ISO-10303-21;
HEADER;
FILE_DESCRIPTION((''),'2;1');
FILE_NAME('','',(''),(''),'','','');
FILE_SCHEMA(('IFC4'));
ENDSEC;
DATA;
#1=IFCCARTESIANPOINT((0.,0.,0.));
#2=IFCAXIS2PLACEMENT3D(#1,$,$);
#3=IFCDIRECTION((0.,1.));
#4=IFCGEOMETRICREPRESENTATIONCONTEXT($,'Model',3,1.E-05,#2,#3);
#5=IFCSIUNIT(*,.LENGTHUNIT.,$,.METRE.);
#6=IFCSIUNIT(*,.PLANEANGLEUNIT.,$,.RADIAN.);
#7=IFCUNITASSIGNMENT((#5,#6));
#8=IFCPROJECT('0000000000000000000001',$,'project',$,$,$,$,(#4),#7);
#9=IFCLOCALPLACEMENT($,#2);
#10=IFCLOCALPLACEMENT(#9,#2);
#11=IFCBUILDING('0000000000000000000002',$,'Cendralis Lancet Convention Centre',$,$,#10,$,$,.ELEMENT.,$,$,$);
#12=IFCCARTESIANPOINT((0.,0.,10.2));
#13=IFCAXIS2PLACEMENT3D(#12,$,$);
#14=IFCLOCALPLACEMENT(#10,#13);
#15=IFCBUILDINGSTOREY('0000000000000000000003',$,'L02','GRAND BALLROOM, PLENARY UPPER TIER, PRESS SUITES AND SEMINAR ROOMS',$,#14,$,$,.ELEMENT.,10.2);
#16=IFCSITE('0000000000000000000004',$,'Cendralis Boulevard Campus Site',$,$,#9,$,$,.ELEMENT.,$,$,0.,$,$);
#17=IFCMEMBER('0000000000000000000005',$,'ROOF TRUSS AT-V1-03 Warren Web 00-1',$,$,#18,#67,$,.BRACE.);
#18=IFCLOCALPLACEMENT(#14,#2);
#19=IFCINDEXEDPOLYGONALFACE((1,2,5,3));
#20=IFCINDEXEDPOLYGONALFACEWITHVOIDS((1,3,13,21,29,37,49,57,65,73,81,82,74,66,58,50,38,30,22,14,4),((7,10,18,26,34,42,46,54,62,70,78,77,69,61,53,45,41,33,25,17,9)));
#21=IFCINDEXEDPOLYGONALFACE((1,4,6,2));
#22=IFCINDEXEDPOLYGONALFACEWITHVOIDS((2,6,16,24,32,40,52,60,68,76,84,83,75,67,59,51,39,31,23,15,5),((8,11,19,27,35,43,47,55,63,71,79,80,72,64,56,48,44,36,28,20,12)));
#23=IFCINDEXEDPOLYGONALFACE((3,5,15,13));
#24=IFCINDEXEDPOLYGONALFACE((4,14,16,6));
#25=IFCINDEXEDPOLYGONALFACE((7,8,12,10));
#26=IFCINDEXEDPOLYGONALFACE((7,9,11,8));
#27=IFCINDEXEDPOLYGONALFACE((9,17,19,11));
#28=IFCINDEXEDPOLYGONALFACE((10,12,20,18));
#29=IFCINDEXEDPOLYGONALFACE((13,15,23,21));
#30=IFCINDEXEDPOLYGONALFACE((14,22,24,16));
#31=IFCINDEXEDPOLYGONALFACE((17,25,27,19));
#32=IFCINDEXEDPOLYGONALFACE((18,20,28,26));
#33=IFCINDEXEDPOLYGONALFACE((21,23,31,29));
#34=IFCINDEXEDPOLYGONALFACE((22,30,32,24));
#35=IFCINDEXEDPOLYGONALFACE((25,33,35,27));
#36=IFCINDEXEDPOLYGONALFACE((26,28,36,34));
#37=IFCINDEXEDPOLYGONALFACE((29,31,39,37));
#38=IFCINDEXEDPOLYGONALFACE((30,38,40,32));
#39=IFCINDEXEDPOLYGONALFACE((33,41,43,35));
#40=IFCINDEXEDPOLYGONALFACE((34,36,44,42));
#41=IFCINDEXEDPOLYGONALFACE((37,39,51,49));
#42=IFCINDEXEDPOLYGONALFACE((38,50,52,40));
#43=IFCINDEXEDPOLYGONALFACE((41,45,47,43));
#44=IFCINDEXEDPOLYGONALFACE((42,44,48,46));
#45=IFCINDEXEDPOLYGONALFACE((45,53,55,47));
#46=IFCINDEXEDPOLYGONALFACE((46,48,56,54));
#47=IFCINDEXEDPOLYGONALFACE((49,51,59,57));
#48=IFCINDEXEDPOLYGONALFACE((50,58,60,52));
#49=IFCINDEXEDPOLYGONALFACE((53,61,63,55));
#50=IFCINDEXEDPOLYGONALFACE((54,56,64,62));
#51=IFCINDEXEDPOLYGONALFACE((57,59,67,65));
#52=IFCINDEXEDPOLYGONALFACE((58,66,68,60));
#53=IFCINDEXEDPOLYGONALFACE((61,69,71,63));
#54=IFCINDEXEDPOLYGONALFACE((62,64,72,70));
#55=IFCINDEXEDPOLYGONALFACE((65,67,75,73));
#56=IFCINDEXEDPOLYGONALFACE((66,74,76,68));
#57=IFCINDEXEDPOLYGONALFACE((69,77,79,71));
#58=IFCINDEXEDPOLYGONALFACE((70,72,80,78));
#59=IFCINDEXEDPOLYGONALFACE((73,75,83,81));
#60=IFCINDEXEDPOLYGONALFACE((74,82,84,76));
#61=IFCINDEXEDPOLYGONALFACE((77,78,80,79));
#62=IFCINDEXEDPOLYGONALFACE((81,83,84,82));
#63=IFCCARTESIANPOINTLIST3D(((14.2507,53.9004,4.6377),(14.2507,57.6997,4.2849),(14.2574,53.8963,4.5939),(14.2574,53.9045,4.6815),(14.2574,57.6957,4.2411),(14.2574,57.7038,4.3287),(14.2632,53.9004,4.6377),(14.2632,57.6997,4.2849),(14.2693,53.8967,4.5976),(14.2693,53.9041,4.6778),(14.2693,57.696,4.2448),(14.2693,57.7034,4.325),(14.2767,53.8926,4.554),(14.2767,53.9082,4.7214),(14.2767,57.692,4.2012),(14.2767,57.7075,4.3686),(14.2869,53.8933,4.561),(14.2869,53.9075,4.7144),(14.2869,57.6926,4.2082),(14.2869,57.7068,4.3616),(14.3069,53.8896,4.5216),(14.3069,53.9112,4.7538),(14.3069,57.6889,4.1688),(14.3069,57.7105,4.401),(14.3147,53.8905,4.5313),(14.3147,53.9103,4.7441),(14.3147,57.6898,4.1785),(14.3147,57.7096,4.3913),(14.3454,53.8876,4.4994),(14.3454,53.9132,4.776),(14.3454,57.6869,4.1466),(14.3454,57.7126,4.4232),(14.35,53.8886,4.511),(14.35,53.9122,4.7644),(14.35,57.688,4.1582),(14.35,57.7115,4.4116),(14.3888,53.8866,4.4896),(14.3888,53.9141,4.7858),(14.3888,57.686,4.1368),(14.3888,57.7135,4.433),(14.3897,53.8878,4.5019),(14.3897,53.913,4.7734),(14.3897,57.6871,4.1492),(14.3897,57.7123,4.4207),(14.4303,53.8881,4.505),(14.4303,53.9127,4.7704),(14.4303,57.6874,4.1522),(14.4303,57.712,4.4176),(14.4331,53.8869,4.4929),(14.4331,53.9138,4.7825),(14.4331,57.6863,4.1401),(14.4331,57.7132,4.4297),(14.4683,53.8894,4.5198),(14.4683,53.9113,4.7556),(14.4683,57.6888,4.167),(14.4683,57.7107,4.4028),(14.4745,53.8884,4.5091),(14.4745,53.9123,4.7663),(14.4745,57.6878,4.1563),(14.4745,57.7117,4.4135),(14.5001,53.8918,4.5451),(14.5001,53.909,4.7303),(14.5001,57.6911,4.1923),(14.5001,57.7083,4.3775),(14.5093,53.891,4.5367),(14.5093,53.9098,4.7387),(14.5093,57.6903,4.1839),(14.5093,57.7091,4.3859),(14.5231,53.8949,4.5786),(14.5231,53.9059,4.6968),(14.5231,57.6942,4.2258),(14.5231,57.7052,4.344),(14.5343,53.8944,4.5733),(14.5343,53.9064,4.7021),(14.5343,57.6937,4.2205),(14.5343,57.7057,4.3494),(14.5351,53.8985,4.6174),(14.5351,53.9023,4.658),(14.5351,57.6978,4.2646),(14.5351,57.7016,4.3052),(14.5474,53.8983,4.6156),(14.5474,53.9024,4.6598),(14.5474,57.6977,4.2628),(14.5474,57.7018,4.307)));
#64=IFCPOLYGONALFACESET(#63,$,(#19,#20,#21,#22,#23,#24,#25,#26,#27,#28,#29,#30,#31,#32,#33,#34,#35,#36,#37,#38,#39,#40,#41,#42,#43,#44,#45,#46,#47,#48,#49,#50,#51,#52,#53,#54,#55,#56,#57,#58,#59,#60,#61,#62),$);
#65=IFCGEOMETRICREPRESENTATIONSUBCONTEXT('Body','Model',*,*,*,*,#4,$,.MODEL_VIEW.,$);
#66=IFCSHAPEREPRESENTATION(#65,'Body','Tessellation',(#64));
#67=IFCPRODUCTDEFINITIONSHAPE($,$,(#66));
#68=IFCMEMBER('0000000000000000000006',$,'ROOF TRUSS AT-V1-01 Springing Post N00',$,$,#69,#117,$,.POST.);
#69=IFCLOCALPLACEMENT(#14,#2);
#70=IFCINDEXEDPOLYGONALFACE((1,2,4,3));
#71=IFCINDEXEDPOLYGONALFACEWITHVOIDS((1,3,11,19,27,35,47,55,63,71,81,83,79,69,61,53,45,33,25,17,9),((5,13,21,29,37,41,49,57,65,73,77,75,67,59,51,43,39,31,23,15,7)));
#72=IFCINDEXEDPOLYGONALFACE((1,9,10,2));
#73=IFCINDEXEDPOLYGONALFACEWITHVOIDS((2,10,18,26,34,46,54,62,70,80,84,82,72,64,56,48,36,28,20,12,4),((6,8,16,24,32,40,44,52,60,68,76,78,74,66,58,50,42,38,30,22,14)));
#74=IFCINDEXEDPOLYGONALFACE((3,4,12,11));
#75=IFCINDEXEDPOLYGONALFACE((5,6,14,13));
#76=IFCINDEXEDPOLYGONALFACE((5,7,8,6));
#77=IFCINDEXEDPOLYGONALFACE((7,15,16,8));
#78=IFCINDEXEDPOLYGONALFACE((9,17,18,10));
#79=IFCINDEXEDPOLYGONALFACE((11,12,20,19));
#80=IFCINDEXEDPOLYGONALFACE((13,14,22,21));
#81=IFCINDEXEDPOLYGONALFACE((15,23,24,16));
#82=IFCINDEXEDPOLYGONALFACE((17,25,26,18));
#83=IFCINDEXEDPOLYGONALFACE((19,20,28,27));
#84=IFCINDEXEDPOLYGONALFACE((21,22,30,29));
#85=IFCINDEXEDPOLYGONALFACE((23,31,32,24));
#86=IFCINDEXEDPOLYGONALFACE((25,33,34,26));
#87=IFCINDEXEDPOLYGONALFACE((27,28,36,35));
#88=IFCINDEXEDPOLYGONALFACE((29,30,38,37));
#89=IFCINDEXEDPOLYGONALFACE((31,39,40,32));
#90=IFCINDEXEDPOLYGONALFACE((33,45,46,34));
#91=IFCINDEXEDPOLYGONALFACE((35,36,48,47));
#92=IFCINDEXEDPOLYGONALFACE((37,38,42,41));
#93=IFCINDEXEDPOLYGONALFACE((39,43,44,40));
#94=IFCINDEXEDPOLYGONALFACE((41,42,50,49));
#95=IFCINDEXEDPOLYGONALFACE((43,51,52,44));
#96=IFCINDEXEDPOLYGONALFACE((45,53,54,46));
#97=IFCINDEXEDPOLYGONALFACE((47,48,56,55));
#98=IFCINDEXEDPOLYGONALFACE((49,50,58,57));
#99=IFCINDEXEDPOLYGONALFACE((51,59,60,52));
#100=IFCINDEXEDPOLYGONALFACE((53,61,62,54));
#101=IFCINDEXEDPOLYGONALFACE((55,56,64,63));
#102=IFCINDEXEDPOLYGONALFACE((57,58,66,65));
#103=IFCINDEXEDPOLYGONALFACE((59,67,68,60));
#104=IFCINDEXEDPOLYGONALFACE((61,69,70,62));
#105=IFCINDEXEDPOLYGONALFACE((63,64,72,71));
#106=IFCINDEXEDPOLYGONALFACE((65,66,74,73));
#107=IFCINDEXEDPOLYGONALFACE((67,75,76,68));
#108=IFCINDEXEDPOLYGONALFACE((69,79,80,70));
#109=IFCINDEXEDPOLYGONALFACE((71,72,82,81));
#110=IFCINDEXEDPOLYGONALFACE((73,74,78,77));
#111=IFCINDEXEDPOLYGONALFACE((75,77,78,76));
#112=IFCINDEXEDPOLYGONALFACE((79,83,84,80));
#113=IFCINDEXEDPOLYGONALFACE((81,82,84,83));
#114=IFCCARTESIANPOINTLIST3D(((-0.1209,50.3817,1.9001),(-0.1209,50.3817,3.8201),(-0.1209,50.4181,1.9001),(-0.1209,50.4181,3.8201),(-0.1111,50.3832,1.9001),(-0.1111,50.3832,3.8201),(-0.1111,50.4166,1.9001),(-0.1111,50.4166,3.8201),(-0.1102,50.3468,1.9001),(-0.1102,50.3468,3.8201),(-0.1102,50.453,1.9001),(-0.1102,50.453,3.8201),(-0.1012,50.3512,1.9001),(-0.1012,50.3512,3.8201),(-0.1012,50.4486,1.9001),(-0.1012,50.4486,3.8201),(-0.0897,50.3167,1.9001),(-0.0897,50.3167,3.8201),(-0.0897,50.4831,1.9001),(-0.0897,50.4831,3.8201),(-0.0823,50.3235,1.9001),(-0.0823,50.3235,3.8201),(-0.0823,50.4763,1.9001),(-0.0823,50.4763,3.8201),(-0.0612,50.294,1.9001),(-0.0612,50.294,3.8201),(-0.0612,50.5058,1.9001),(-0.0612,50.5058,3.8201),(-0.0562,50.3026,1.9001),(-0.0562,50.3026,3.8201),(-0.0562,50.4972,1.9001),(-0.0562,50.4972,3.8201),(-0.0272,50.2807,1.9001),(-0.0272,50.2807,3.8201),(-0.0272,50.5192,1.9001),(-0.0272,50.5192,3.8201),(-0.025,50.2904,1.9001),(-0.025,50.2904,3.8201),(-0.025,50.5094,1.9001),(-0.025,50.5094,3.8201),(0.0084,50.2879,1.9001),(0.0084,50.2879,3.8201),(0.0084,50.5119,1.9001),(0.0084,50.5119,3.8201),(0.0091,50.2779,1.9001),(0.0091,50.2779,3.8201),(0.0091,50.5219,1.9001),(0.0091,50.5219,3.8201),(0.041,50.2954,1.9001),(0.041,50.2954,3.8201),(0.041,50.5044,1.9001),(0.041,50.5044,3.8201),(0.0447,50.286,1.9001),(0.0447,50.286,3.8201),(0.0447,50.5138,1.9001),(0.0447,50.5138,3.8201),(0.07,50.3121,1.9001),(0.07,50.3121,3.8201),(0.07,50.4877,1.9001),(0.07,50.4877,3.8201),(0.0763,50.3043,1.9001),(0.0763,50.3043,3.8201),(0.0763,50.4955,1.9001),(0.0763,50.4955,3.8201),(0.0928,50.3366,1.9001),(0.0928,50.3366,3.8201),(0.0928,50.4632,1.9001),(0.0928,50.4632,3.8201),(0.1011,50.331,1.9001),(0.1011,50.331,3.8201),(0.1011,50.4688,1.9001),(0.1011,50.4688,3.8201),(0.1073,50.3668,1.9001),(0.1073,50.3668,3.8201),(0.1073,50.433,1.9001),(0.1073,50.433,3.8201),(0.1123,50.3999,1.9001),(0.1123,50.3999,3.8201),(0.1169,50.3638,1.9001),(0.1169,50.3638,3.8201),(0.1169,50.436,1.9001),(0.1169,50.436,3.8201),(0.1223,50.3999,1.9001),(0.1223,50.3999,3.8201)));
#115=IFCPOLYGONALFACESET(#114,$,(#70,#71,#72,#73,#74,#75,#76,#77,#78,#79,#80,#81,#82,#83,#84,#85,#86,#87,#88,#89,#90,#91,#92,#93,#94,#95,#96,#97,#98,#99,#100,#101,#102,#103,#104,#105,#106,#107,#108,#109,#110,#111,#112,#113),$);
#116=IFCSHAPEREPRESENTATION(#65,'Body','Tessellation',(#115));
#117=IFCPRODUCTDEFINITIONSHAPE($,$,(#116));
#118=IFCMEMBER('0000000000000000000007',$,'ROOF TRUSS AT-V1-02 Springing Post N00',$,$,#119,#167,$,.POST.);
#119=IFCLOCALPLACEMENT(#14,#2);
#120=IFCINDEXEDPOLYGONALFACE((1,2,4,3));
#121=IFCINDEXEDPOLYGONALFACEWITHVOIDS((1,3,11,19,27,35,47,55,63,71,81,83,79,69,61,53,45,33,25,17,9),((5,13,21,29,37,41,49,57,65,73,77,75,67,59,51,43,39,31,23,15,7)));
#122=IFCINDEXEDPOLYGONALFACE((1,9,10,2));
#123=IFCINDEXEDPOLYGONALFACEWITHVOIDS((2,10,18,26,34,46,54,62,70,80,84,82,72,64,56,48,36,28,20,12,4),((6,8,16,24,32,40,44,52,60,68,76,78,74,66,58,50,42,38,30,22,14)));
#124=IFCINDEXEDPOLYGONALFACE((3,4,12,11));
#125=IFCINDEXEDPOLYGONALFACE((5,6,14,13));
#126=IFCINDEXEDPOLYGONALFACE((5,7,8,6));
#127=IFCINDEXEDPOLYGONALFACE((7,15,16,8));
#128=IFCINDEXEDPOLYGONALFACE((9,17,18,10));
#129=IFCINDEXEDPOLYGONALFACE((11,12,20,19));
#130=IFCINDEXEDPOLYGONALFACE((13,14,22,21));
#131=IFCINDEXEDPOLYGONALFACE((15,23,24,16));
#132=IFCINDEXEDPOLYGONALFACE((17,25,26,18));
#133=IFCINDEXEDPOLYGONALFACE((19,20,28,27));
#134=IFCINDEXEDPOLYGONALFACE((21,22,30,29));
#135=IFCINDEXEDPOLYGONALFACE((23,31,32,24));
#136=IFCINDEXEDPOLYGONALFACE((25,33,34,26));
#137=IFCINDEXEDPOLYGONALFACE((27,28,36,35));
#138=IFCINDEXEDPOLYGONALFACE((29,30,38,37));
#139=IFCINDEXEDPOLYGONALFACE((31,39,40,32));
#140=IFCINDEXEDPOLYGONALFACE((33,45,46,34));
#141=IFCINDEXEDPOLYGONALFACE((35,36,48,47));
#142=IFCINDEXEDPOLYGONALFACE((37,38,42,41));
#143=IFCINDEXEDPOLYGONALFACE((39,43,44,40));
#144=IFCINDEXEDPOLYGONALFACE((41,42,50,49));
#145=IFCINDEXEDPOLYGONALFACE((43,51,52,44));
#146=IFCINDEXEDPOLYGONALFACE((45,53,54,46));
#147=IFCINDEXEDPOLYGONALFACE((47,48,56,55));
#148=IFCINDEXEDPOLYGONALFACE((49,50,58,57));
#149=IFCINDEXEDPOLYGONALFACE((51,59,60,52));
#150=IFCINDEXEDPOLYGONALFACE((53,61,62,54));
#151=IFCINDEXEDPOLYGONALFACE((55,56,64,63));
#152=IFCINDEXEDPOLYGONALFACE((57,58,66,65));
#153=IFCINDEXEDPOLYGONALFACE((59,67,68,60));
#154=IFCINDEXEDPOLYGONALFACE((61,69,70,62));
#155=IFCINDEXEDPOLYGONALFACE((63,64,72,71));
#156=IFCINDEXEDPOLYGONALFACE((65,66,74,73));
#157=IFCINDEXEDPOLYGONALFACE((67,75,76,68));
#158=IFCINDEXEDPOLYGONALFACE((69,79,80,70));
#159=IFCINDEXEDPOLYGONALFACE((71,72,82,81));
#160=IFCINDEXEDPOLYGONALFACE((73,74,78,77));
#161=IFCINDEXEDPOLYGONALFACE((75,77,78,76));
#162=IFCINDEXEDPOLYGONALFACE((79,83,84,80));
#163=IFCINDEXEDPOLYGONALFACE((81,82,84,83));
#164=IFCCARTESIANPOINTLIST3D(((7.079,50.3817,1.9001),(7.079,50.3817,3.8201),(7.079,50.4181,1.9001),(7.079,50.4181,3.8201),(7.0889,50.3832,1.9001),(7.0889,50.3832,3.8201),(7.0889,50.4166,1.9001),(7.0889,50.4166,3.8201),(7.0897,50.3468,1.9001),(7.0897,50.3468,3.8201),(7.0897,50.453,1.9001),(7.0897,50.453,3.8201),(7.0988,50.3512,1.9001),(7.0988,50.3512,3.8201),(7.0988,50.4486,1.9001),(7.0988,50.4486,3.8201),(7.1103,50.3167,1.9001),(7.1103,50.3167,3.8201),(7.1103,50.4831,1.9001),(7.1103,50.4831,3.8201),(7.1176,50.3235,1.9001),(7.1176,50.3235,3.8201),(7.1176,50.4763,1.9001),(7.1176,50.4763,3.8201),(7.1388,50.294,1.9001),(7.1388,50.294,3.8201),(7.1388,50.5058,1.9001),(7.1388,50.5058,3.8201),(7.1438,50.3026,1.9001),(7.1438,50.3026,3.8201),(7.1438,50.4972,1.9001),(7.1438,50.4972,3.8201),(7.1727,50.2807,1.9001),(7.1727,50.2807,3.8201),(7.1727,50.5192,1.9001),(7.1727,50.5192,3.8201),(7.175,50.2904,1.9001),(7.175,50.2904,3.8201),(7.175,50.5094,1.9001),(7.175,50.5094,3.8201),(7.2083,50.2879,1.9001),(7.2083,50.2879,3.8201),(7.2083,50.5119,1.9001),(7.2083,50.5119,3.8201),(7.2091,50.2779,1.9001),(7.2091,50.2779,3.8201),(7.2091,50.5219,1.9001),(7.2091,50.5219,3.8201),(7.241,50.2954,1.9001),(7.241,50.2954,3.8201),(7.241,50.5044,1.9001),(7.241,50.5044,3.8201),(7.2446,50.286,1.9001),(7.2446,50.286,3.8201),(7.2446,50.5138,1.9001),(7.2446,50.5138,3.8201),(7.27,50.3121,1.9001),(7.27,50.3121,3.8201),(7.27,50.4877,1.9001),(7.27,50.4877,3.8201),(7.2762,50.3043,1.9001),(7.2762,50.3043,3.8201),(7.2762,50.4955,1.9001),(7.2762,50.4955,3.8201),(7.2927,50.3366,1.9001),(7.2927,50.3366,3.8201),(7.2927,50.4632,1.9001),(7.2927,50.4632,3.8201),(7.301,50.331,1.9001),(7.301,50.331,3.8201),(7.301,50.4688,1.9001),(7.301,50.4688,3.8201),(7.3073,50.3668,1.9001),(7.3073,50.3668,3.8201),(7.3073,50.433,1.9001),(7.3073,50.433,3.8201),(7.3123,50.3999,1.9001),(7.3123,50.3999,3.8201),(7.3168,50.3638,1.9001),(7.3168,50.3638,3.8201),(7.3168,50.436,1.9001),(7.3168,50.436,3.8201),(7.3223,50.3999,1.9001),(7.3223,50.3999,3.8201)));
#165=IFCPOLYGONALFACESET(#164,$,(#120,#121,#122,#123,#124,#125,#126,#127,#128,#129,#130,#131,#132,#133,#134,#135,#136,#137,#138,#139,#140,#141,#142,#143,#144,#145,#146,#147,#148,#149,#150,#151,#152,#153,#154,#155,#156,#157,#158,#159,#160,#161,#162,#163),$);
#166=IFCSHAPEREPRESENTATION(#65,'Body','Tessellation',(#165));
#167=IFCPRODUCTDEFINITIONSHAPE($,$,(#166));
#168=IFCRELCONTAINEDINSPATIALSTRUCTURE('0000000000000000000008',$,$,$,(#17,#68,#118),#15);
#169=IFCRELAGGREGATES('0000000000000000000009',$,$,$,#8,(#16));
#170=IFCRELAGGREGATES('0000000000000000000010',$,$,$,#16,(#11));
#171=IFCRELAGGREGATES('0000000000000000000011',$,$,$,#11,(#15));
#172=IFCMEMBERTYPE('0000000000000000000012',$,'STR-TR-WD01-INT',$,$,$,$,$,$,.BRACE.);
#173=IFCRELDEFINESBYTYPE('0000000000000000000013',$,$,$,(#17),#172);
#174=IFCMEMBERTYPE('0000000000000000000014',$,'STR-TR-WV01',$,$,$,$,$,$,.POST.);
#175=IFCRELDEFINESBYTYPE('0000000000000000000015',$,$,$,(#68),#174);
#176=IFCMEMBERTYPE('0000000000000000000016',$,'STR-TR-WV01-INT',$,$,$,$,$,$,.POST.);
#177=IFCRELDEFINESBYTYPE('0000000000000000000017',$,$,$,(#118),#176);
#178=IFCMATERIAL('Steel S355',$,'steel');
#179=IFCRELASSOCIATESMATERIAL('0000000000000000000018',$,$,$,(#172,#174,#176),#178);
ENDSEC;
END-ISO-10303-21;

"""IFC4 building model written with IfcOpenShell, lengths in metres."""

from ifc_helpers import new_model, si_unit, direction, frame, origin, origin_2d, place, context, subcontext, project, spatial, hollow_circle, extrude, material, material_profile, profile_set, type_object, element, save


model = new_model("IFC4")

# Units and contexts
model_context = context("Model", 3, precision=1e-05, world=origin(), true_north=direction((0.0, 1.0)))
body_context = subcontext(model_context, "Body", "Model", "MODEL_VIEW")
ifc_project = project(units=[si_unit("LENGTHUNIT", "METRE"), si_unit("PLANEANGLEUNIT", "RADIAN")], contexts=[model_context])

# Site, building, storey
site_placement = place(None, origin())
site = spatial("IfcSite", under=ifc_project, at=site_placement, Name="Cendralis Boulevard Campus Site", CompositionType="ELEMENT", RefElevation=0.0)
building_placement = place(site_placement, origin())
building = spatial("IfcBuilding", under=site, at=building_placement, Name="Cendralis Lancet Convention Centre", CompositionType="ELEMENT")
storey_placement = place(building_placement, frame((0.0, 0.0, 10.2)))
storey = spatial("IfcBuildingStorey", under=building, at=storey_placement, Name="L02", Description="GRAND BALLROOM, PLENARY UPPER TIER, PRESS SUITES AND SEMINAR ROOMS", CompositionType="ELEMENT", Elevation=10.2)

# Members
ifc_material_1 = material(Name="Steel S355", Category="steel")
ifc_material_profile_1 = material_profile(ifc_material_1, hollow_circle(Radius=0.1492, WallThickness=0.0125, at=origin_2d()), Name="CHS 298.5x12.5")
ifc_profile_set_1 = profile_set([ifc_material_profile_1], Name="Steel S355")
member_type_1 = type_object("IfcMemberType", Name="STR-TR-WD01-INT", PredefinedType="BRACE", material=ifc_profile_set_1)
member_1_placement = place(storey_placement, frame((14.3999, 53.9004, 4.6377), z_axis=(0.0, 0.995717, -0.092457), x_axis=(-1.0, 0.0, 0.0)))
element("IfcMember", 1, at=member_1_placement, inside=storey, type_object=member_type_1, Name="ROOF TRUSS AT-V1-03 Warren Web 00-1", PredefinedType="BRACE", context=body_context, shape_type="SweptSolid", body=[
    extrude(hollow_circle(Radius=0.1492, WallThickness=0.0125, at=origin_2d()), origin(), (0.0, 0.0, 1.0), 3.8157),
])
ifc_material_profile_2 = material_profile(ifc_material_1, hollow_circle(Radius=0.1223, WallThickness=0.01, at=origin_2d()), Name="CHS 244.5x10.0")
ifc_profile_set_2 = profile_set([ifc_material_profile_2], Name="Steel S355")
member_type_2 = type_object("IfcMemberType", Name="STR-TR-WV01", PredefinedType="POST", material=ifc_profile_set_2)
member_2_placement = place(storey_placement, frame((0.0, 50.3999, 1.9001), z_axis=(0.0, 0.0, 1.0), x_axis=(1.0, 0.0, 0.0)))
element("IfcMember", 2, at=member_2_placement, inside=storey, type_object=member_type_2, Name="ROOF TRUSS AT-V1-01 Springing Post N00", PredefinedType="POST", context=body_context, shape_type="SweptSolid", body=[
    extrude(hollow_circle(Radius=0.1223, WallThickness=0.01, at=origin_2d()), origin(), (0.0, 0.0, 1.0), 1.9199),
])
ifc_material_profile_3 = material_profile(ifc_material_1, hollow_circle(Radius=0.1223, WallThickness=0.01, at=origin_2d()), Name="CHS 244.5x10.0")
ifc_profile_set_3 = profile_set([ifc_material_profile_3], Name="Steel S355")
member_type_3 = type_object("IfcMemberType", Name="STR-TR-WV01-INT", PredefinedType="POST", material=ifc_profile_set_3)
for number, where, z_axis, x_axis, name in (
    (3, (7.2, 50.3999, 1.9001), (0.0, 0.0, 1.0), (1.0, 0.0, 0.0), "ROOF TRUSS AT-V1-02 Springing Post N00"),
):
    element("IfcMember", number, at=place(storey_placement, frame(where, z_axis=z_axis, x_axis=x_axis)), inside=storey, type_object=member_type_3, Name=name, PredefinedType="POST", context=body_context, shape_type="SweptSolid", body=[
        extrude(hollow_circle(Radius=0.1223, WallThickness=0.01, at=origin_2d()), origin(), (0.0, 0.0, 1.0), 1.9199),
    ])

save(model, "model.ifc")
